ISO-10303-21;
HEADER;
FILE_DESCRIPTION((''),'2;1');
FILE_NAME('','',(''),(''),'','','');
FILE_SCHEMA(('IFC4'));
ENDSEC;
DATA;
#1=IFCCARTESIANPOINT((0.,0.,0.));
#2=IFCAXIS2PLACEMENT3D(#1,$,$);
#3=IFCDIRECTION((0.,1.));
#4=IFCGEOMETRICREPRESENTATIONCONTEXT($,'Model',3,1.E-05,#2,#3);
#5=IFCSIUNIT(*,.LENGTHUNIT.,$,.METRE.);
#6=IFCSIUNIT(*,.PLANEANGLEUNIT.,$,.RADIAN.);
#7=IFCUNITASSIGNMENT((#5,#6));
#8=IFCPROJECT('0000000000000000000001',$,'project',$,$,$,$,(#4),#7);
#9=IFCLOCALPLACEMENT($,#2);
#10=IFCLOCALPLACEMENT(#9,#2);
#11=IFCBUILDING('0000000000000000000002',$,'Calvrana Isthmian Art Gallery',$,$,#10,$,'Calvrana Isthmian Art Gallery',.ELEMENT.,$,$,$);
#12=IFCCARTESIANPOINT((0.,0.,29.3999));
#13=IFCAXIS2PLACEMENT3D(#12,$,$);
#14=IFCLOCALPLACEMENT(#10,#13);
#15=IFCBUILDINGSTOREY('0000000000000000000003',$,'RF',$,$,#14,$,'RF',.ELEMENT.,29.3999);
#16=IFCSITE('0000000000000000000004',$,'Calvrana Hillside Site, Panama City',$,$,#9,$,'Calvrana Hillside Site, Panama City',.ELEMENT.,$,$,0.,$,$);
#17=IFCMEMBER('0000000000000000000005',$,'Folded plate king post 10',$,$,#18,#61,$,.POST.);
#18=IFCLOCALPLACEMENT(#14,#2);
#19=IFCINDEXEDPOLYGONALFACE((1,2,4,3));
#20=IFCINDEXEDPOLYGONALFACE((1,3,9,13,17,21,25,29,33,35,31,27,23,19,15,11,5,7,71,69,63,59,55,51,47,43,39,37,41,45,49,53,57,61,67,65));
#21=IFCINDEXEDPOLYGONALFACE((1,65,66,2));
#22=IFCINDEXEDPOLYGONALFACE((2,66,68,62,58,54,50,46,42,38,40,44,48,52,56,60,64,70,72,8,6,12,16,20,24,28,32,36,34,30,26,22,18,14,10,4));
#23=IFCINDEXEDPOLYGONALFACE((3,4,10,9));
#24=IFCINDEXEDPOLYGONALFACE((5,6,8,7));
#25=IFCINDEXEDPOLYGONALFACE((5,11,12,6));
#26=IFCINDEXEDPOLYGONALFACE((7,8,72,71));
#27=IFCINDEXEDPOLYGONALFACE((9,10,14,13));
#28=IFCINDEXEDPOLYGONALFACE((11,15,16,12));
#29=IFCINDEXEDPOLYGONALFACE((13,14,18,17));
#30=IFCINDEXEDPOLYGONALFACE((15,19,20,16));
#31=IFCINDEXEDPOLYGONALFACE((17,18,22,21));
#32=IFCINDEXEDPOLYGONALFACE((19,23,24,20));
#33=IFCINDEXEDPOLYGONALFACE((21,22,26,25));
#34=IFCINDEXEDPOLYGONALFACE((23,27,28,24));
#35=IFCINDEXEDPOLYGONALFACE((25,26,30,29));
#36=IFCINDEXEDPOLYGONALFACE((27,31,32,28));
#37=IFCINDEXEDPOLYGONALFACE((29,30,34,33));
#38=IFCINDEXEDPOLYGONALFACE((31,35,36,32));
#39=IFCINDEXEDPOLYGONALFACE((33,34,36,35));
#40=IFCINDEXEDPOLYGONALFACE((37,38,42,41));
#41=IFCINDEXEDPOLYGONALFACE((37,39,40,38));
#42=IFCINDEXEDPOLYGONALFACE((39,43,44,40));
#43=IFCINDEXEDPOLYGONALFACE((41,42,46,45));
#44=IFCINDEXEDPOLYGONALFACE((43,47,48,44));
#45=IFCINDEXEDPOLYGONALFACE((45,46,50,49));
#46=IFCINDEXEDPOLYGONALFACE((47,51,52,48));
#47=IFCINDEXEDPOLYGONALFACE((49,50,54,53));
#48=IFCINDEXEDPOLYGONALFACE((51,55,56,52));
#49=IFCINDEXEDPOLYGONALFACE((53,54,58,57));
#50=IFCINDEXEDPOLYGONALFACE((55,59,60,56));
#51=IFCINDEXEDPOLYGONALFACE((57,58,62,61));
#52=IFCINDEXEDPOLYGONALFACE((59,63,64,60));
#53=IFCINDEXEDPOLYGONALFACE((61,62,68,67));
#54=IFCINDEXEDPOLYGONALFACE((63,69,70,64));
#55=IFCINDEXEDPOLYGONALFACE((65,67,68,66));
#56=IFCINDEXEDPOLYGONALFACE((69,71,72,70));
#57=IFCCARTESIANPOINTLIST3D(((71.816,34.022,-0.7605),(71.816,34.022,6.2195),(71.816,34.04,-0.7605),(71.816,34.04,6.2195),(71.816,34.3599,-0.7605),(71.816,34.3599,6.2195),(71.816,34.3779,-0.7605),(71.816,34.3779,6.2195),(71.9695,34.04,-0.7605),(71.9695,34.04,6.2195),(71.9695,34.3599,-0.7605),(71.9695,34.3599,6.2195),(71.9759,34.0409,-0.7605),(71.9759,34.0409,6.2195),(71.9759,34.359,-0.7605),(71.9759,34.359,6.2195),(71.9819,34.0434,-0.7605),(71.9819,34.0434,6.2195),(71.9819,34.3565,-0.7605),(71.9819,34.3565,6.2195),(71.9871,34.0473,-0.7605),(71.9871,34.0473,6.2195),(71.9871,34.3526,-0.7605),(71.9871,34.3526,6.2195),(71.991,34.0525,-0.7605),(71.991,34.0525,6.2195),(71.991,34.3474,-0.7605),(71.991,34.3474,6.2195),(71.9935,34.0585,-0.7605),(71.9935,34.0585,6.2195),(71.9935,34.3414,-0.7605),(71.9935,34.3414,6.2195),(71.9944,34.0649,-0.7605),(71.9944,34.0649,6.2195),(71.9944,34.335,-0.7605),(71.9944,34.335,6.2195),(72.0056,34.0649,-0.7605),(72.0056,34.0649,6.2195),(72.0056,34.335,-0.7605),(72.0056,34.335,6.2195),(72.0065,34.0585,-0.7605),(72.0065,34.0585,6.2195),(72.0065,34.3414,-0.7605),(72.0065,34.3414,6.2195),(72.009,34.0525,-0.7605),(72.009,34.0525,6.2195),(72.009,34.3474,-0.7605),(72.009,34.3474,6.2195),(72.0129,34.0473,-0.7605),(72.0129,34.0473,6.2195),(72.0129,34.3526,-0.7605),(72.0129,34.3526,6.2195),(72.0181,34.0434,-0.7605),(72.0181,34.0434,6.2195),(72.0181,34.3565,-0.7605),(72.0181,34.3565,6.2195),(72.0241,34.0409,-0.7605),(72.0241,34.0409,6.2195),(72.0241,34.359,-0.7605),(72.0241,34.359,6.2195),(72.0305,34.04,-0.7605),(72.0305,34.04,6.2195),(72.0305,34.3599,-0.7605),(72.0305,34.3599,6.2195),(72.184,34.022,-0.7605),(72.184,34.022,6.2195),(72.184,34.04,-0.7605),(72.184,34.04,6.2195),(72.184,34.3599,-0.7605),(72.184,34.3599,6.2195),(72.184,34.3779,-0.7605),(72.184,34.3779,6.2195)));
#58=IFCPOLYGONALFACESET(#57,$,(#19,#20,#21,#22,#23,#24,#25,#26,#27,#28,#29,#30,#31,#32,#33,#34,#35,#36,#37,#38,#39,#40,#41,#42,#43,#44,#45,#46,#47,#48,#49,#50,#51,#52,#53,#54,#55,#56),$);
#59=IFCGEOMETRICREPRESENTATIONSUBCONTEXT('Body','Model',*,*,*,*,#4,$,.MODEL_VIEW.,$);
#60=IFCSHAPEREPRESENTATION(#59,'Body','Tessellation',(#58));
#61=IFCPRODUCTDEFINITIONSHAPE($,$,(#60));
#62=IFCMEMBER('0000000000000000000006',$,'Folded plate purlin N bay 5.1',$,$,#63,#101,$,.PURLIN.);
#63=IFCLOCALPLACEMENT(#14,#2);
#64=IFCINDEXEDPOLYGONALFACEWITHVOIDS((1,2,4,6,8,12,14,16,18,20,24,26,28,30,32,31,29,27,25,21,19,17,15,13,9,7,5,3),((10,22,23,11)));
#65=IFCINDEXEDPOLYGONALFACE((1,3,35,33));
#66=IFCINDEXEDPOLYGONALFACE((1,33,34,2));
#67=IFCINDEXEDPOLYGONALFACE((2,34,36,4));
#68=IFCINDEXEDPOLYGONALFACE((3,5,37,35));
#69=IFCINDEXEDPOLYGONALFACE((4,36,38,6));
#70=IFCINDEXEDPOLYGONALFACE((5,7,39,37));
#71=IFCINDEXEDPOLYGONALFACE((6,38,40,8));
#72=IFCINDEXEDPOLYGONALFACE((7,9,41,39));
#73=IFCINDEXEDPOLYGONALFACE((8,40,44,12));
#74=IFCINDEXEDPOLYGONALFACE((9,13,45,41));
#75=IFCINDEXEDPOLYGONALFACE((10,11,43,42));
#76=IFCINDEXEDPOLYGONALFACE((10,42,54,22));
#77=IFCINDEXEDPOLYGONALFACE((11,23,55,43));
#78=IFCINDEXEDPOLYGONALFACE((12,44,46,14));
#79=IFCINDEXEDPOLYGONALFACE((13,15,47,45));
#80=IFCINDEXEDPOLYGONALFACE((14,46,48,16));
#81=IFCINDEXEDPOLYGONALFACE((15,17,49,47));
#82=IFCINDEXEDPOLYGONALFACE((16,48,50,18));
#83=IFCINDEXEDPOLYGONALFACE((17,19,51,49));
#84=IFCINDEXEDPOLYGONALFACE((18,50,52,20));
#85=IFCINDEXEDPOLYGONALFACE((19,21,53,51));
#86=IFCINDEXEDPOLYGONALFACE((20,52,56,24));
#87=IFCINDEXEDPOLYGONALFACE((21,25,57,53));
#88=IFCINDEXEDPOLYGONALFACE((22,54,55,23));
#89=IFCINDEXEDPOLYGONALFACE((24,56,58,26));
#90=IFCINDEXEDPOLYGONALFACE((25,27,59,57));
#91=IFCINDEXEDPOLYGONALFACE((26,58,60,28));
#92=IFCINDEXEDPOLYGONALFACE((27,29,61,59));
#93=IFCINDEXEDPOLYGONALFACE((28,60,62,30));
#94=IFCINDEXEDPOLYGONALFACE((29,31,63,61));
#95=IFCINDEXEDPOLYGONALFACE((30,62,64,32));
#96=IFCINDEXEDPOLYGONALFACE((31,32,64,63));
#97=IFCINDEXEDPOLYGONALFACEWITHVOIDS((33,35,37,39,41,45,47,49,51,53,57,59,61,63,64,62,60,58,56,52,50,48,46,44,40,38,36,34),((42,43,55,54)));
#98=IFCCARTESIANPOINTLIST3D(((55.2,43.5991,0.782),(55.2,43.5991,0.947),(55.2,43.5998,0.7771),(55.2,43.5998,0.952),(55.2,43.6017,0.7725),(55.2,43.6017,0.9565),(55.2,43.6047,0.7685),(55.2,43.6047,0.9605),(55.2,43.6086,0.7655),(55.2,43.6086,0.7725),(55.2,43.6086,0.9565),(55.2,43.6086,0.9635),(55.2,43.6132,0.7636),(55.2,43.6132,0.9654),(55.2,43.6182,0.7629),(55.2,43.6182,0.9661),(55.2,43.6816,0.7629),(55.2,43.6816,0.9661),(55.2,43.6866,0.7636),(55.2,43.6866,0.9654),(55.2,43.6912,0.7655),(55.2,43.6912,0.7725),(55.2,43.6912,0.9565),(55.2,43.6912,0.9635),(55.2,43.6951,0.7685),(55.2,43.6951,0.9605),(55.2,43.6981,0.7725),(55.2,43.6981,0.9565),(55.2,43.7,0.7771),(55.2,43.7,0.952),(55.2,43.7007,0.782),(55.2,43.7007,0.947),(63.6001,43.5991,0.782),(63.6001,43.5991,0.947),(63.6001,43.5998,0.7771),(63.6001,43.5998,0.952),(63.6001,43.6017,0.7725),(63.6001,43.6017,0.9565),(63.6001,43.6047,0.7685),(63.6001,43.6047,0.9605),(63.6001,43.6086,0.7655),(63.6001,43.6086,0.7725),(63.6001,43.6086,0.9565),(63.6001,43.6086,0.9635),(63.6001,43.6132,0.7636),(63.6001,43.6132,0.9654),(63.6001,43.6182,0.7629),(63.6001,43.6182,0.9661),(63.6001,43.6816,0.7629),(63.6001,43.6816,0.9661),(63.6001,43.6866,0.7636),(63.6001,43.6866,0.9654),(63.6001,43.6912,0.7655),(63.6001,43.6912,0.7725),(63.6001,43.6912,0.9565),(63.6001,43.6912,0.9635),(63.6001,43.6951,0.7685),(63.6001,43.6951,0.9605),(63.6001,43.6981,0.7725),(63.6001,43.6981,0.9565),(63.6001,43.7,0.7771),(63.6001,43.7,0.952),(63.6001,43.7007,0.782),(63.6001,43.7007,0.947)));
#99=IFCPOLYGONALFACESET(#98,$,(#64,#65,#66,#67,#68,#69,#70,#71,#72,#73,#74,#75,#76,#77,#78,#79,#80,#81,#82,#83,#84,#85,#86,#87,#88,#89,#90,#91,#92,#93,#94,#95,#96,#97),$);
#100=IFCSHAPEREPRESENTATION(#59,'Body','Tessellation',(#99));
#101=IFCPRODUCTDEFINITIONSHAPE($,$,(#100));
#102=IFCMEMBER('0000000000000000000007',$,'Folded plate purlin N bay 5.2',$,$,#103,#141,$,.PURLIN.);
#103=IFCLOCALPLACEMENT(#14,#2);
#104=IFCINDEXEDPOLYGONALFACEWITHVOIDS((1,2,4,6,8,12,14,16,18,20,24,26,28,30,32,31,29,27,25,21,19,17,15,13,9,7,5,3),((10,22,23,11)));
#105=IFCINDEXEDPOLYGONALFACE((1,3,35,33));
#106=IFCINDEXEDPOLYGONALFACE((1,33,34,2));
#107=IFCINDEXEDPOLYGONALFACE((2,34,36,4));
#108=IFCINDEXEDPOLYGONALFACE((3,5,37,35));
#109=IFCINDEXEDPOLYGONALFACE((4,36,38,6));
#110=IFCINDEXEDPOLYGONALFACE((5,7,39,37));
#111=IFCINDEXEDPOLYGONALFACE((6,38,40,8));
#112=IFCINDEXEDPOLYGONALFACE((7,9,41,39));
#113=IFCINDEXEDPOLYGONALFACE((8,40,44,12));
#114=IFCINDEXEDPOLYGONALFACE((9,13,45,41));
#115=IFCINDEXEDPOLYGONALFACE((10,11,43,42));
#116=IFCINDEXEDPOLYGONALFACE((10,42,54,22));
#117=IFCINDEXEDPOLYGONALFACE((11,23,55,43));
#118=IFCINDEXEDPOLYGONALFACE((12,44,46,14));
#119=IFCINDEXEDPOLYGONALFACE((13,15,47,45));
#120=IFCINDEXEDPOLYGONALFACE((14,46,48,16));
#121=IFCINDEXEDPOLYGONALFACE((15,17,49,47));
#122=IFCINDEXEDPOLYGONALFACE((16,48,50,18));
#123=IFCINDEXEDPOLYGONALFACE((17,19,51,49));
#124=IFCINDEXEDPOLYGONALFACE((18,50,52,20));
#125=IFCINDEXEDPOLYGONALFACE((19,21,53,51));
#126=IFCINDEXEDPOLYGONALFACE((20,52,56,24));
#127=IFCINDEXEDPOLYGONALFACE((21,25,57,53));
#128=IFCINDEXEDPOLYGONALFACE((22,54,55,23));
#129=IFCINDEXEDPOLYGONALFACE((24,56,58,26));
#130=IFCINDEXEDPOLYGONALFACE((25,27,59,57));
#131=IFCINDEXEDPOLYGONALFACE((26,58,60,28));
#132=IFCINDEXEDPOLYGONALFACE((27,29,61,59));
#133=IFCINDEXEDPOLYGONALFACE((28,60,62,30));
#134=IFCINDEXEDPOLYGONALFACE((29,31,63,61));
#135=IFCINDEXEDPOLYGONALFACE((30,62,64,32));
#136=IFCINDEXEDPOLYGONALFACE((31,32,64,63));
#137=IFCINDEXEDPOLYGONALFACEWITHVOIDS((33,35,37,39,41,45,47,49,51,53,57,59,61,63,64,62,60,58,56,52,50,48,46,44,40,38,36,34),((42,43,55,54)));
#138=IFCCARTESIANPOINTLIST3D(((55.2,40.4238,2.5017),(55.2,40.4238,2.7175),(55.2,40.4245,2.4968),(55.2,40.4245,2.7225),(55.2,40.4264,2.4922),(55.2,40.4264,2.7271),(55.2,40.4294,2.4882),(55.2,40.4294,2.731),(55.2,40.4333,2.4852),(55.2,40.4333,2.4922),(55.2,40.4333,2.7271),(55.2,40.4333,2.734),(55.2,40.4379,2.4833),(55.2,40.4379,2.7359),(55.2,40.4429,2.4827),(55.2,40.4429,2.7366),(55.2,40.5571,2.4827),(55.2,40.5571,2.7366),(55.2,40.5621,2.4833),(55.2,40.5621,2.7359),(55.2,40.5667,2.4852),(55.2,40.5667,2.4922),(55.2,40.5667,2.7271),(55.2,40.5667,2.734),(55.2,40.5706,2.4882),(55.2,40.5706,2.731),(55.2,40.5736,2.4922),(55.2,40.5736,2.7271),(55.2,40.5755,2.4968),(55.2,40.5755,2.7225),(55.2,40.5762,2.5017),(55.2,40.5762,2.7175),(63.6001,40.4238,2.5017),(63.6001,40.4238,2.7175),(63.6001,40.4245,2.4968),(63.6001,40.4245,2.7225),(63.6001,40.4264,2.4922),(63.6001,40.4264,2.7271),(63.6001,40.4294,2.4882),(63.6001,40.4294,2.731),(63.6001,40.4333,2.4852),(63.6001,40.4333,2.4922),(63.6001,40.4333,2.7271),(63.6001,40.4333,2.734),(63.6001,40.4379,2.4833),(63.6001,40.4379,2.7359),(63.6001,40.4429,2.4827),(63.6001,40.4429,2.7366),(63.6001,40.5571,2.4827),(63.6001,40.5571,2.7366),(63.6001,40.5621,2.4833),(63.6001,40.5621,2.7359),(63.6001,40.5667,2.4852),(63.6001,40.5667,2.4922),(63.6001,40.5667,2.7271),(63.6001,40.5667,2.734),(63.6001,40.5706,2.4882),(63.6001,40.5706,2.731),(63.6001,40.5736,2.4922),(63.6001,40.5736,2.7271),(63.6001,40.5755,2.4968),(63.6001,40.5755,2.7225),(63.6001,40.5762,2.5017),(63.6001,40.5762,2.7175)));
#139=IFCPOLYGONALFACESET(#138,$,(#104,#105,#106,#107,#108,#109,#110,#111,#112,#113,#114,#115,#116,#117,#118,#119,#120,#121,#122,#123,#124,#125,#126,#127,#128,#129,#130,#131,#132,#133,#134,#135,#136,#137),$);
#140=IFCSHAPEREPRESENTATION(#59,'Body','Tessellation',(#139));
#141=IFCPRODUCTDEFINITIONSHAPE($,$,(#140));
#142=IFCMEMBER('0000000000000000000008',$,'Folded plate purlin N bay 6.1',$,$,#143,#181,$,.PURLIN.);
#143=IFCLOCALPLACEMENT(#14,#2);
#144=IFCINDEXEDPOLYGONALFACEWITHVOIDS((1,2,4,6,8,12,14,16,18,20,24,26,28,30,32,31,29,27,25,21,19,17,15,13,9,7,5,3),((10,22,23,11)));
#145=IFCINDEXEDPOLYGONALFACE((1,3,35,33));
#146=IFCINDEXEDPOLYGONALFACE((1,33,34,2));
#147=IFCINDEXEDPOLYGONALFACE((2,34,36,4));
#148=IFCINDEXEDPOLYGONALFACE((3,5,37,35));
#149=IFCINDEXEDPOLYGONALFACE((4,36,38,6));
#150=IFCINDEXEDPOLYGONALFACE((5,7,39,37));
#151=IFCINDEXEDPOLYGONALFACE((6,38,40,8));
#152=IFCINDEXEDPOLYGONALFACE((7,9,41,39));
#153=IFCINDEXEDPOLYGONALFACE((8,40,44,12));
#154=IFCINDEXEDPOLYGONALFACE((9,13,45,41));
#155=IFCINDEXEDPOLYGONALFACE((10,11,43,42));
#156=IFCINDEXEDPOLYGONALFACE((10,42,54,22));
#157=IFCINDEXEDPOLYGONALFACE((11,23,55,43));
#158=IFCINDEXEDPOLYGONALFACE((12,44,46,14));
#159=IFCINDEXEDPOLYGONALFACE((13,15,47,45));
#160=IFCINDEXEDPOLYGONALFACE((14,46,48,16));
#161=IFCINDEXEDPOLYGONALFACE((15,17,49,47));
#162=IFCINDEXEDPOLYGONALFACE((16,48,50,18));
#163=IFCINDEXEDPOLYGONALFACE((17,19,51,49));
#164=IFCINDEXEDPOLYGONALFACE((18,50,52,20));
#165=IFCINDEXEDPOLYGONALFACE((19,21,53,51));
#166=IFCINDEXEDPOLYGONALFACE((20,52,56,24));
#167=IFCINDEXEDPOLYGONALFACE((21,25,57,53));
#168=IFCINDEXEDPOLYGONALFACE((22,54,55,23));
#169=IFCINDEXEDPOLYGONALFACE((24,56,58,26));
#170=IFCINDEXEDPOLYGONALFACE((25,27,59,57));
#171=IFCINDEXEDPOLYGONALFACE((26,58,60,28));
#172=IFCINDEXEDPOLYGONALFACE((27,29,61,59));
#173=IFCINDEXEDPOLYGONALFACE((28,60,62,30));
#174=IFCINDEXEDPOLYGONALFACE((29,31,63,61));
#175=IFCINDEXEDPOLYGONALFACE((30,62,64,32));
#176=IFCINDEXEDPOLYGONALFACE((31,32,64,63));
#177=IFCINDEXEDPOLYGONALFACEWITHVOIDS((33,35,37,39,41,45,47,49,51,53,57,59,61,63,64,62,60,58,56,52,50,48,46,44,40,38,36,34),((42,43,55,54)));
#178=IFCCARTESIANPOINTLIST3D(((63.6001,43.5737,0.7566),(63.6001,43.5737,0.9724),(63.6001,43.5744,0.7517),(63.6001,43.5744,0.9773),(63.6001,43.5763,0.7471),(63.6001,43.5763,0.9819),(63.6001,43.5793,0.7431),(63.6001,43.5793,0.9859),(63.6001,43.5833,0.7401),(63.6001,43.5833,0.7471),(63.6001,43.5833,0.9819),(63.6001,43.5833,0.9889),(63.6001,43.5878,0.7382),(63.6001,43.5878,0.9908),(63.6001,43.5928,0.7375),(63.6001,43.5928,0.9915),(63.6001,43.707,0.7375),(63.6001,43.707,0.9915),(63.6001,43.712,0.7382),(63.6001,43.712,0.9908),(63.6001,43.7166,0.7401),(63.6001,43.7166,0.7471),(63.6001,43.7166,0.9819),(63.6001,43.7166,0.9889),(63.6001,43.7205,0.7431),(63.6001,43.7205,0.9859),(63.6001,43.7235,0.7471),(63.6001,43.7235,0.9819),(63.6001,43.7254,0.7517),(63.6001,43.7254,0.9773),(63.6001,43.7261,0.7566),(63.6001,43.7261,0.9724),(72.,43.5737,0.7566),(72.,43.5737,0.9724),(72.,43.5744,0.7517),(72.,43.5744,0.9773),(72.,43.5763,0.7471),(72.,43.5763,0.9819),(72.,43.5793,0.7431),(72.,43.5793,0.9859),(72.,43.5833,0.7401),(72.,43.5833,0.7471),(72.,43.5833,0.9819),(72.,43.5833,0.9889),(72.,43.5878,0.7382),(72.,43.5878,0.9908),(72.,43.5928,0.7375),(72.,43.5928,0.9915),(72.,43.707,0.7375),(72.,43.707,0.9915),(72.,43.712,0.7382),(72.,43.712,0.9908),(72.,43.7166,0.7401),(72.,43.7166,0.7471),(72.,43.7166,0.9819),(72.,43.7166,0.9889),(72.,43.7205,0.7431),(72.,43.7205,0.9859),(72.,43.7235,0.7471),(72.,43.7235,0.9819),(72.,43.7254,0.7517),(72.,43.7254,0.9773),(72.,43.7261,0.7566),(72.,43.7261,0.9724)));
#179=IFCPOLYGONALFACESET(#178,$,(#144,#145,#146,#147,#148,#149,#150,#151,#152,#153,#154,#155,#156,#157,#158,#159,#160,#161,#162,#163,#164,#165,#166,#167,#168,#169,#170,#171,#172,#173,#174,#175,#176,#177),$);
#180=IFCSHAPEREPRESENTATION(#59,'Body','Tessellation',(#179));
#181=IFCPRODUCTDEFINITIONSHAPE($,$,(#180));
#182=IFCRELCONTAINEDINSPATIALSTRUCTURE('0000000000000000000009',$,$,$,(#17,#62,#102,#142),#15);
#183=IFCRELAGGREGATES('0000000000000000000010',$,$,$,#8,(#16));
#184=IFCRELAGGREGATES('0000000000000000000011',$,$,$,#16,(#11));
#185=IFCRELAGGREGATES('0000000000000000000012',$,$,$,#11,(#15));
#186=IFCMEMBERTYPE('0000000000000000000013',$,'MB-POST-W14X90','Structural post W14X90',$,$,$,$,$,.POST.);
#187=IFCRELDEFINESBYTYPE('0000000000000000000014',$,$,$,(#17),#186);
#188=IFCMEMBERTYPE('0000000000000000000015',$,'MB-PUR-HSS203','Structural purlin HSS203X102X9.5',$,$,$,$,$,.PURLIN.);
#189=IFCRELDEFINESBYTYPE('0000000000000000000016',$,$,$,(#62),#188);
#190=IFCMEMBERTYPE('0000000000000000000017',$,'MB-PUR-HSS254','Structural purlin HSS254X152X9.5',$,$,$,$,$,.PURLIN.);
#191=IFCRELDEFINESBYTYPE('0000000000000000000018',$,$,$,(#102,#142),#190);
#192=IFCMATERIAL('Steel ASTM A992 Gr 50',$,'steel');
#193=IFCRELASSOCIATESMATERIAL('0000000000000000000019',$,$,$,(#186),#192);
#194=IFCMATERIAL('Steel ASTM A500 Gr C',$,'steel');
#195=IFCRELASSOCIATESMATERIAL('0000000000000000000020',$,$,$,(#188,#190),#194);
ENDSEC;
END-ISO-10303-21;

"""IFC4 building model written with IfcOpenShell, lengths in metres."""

from ifc_helpers import new_model, si_unit, direction, frame, origin, origin_2d, place, context, subcontext, project, spatial, hollow_rectangle, i_section, extrude, material, material_profile, profile_set, type_object, element, save


model = new_model("IFC4")

# Units and contexts
model_context = context("Model", 3, precision=1e-05, world=origin(), true_north=direction((0.0, 1.0)))
body_context = subcontext(model_context, "Body", "Model", "MODEL_VIEW")
ifc_project = project(units=[si_unit("LENGTHUNIT", "METRE"), si_unit("PLANEANGLEUNIT", "RADIAN")], contexts=[model_context])

# Site, building, storey
site_placement = place(None, origin())
site = spatial("IfcSite", under=ifc_project, at=site_placement, Name="Calvrana Hillside Site, Panama City", LongName="Calvrana Hillside Site, Panama City", CompositionType="ELEMENT", RefElevation=0.0)
building_placement = place(site_placement, origin())
building = spatial("IfcBuilding", under=site, at=building_placement, Name="Calvrana Isthmian Art Gallery", LongName="Calvrana Isthmian Art Gallery", CompositionType="ELEMENT")
storey_placement = place(building_placement, frame((0.0, 0.0, 29.3999)))
storey = spatial("IfcBuildingStorey", under=building, at=storey_placement, Name="RF", LongName="RF", CompositionType="ELEMENT", Elevation=29.3999)

# Shared definitions
ifc_material_1 = material(Name="Steel ASTM A992 Gr 50", Category="steel")

# Members
ifc_material_profile_1 = material_profile(ifc_material_1, i_section(OverallWidth=0.3679, OverallDepth=0.356, WebThickness=0.0112, FlangeThickness=0.0181, FilletRadius=0.0249, at=origin_2d()), Name="W14X90")
ifc_profile_set_1 = profile_set([ifc_material_profile_1], Name="Steel ASTM A992 Gr 50")
member_type_1 = type_object("IfcMemberType", Name="MB-POST-W14X90", Description="Structural post W14X90", PredefinedType="POST", material=ifc_profile_set_1)
for number, where, z_axis, x_axis, name in (
    (1, (72.0, 34.2, -0.7605), (0.0, 0.0, 1.0), (1.0, 0.0, 0.0), "Folded plate king post 10"),
):
    element("IfcMember", number, at=place(storey_placement, frame(where, z_axis=z_axis, x_axis=x_axis)), inside=storey, type_object=member_type_1, Name=name, PredefinedType="POST", context=body_context, shape_type="SweptSolid", body=[
        extrude(i_section(OverallWidth=0.3679, OverallDepth=0.356, WebThickness=0.0112, FlangeThickness=0.0181, FilletRadius=0.0249, at=origin_2d()), origin(), (0.0, 0.0, 1.0), 6.98),
    ])
ifc_material_2 = material(Name="Steel ASTM A500 Gr C", Category="steel")
ifc_material_profile_2 = material_profile(ifc_material_2, hollow_rectangle(XDim=0.1016, YDim=0.2031, WallThickness=0.0095, OuterFilletRadius=0.019, at=origin_2d()), Name="HSS203X102X9.5")
ifc_profile_set_2 = profile_set([ifc_material_profile_2], Name="Steel ASTM A500 Gr C")
member_type_2 = type_object("IfcMemberType", Name="MB-PUR-HSS203", Description="Structural purlin HSS203X102X9.5", PredefinedType="PURLIN", material=ifc_profile_set_2)
member_1_placement = place(storey_placement, frame((55.2, 43.6499, 0.8645), z_axis=(1.0, 0.0, 0.0), x_axis=(0.0, 1.0, 0.0)))
element("IfcMember", 2, at=member_1_placement, inside=storey, type_object=member_type_2, Name="Folded plate purlin N bay 5.1", PredefinedType="PURLIN", context=body_context, shape_type="SweptSolid", body=[
    extrude(hollow_rectangle(XDim=0.1016, YDim=0.2031, WallThickness=0.0095, OuterFilletRadius=0.019, at=origin_2d()), origin(), (0.0, 0.0, 1.0), 8.4001),
])
ifc_material_profile_3 = material_profile(ifc_material_2, hollow_rectangle(XDim=0.1523, YDim=0.2539, WallThickness=0.0095, OuterFilletRadius=0.019, at=origin_2d()), Name="HSS254X152X9.5")
ifc_profile_set_3 = profile_set([ifc_material_profile_3], Name="Steel ASTM A500 Gr C")
member_type_3 = type_object("IfcMemberType", Name="MB-PUR-HSS254", Description="Structural purlin HSS254X152X9.5", PredefinedType="PURLIN", material=ifc_profile_set_3)
member_2_placement = place(storey_placement, frame((55.2, 40.5, 2.6096), z_axis=(1.0, 0.0, 0.0), x_axis=(0.0, 1.0, 0.0)))
element("IfcMember", 3, at=member_2_placement, inside=storey, type_object=member_type_3, Name="Folded plate purlin N bay 5.2", PredefinedType="PURLIN", context=body_context, shape_type="SweptSolid", body=[
    extrude(hollow_rectangle(XDim=0.1523, YDim=0.2539, WallThickness=0.0095, OuterFilletRadius=0.019, at=origin_2d()), origin(), (0.0, 0.0, 1.0), 8.4001),
])
member_3_placement = place(storey_placement, frame((63.6001, 43.6499, 0.8645), z_axis=(1.0, 0.0, 0.0), x_axis=(0.0, 1.0, 0.0)))
element("IfcMember", 4, at=member_3_placement, inside=storey, type_object=member_type_3, Name="Folded plate purlin N bay 6.1", PredefinedType="PURLIN", context=body_context, shape_type="SweptSolid", body=[
    extrude(hollow_rectangle(XDim=0.1523, YDim=0.2539, WallThickness=0.0095, OuterFilletRadius=0.019, at=origin_2d()), origin(), (0.0, 0.0, 1.0), 8.3999),
])

save(model, "model.ifc")
